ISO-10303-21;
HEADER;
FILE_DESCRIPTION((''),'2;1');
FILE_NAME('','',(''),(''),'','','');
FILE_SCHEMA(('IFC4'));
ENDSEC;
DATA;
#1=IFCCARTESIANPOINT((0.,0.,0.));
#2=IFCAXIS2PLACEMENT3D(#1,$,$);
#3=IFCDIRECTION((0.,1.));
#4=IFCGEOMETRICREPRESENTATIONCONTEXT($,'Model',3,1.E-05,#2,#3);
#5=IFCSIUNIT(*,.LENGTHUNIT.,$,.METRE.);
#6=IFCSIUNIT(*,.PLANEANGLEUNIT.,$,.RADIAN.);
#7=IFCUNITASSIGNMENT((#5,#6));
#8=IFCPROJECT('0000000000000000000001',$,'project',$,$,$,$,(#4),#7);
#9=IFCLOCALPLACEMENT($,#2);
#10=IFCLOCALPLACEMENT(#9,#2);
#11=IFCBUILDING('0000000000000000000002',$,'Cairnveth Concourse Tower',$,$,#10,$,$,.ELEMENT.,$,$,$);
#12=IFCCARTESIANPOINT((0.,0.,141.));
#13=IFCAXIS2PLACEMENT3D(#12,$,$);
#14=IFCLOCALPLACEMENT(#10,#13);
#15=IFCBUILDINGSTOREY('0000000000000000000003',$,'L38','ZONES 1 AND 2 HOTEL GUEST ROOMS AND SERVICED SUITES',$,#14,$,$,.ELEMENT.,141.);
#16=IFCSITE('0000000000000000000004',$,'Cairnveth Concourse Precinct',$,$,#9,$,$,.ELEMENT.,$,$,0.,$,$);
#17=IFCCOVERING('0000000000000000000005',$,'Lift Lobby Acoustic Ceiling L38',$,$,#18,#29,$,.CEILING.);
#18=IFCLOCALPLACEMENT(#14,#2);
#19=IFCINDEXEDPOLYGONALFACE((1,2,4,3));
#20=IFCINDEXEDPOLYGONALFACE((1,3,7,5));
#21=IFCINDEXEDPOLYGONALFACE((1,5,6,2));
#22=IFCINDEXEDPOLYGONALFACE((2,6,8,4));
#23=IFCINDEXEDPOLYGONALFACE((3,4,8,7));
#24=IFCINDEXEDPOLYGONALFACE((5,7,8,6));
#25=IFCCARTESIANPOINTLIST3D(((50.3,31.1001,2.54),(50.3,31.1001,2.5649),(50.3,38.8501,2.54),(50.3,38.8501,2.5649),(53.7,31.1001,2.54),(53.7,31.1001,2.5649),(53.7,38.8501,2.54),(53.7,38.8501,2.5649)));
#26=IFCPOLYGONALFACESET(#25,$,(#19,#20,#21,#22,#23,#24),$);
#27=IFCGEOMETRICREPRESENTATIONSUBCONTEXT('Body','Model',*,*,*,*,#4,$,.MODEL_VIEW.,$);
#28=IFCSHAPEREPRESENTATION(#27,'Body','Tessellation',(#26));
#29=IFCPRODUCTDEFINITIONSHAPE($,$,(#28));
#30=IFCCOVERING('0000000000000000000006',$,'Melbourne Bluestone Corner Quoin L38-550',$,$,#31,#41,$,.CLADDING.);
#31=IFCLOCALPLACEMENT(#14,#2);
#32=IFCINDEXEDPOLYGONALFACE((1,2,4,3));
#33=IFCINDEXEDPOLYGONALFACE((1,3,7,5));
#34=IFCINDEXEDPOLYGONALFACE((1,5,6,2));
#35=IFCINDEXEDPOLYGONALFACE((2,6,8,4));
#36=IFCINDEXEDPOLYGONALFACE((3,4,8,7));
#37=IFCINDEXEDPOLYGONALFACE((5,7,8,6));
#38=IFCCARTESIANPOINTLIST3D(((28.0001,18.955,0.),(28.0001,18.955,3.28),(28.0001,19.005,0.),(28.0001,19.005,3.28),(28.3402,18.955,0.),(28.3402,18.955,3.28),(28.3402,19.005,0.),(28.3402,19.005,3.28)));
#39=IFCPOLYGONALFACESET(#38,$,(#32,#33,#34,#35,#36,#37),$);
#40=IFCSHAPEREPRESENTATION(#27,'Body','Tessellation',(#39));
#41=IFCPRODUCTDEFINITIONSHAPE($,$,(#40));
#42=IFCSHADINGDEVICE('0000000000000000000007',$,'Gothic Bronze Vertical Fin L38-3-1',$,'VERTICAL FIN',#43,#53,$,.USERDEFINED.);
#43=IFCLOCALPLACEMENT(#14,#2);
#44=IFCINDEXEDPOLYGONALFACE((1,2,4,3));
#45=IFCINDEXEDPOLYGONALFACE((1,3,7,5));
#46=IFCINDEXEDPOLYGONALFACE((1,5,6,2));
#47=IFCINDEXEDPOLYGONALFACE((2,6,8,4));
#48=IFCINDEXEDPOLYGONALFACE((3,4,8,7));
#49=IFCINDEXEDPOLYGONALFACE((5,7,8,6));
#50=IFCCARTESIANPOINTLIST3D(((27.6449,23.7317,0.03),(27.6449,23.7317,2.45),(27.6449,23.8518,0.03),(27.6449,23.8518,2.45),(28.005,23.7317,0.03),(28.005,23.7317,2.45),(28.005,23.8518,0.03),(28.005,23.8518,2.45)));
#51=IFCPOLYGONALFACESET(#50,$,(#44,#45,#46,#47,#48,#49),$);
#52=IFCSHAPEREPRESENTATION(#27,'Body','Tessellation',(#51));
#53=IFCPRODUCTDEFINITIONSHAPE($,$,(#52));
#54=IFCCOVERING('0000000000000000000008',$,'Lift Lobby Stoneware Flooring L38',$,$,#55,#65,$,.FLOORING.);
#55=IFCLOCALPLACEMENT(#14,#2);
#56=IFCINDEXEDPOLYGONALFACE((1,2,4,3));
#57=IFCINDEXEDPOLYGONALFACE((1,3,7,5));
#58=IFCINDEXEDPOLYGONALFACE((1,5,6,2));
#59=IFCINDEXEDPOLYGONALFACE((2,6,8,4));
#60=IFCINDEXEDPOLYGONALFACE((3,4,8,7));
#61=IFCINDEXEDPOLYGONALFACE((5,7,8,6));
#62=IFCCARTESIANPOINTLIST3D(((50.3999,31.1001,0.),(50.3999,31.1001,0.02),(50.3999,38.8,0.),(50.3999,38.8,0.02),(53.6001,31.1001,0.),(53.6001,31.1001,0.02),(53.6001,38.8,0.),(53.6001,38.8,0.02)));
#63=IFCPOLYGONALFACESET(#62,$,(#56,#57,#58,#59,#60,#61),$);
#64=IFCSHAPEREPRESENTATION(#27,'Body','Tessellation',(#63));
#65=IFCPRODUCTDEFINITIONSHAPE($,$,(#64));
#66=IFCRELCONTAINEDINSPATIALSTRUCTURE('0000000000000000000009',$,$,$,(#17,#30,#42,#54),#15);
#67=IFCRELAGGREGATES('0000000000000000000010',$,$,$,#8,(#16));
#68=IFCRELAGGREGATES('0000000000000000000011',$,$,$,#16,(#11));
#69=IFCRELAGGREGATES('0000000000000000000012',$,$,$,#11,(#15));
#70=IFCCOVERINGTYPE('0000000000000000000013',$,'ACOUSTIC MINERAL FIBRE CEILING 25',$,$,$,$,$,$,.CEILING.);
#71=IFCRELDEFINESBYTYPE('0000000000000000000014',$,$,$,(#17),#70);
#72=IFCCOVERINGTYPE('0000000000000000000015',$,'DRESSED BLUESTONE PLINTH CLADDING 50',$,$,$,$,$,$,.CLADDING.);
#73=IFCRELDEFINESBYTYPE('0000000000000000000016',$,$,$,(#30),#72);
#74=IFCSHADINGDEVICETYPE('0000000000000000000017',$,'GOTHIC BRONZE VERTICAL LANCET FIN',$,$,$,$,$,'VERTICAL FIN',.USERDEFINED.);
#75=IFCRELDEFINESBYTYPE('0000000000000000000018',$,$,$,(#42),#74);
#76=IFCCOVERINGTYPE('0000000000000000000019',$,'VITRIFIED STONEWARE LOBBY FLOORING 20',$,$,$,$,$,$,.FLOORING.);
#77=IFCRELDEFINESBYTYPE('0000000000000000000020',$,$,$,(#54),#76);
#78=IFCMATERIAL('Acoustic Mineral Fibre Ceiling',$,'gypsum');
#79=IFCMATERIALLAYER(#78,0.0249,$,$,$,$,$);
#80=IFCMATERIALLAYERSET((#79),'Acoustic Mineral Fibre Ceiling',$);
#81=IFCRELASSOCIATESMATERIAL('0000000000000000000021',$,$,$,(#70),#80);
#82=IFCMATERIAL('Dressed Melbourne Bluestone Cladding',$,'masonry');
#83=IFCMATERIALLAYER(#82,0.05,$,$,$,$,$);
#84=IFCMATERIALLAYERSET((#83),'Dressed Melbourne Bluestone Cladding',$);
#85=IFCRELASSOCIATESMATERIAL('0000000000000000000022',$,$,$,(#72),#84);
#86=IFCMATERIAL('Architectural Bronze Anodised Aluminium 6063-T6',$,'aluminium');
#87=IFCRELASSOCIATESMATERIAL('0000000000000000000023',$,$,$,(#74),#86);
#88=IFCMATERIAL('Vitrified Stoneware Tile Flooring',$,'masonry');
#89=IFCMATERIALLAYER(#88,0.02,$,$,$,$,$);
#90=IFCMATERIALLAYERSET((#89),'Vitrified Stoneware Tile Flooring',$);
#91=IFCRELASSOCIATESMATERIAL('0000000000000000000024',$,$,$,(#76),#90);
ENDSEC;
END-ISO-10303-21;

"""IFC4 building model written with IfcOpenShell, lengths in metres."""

from ifc_helpers import new_model, si_unit, direction, frame, frame_2d, origin, origin_2d, place, context, subcontext, project, spatial, polyline, rectangle, outline, extrude, material, layer, layer_set, type_object, element, save


model = new_model("IFC4")

# Units and contexts
model_context = context("Model", 3, precision=1e-05, world=origin(), true_north=direction((0.0, 1.0)))
body_context = subcontext(model_context, "Body", "Model", "MODEL_VIEW")
ifc_project = project(units=[si_unit("LENGTHUNIT", "METRE"), si_unit("PLANEANGLEUNIT", "RADIAN")], contexts=[model_context])

# Site, building, storey
site_placement = place(None, origin())
site = spatial("IfcSite", under=ifc_project, at=site_placement, Name="Cairnveth Concourse Precinct", CompositionType="ELEMENT", RefElevation=0.0)
building_placement = place(site_placement, origin())
building = spatial("IfcBuilding", under=site, at=building_placement, Name="Cairnveth Concourse Tower", CompositionType="ELEMENT")
storey_placement = place(building_placement, frame((0.0, 0.0, 141.0)))
storey = spatial("IfcBuildingStorey", under=building, at=storey_placement, Name="L38", Description="ZONES 1 AND 2 HOTEL GUEST ROOMS AND SERVICED SUITES", CompositionType="ELEMENT", Elevation=141.0)

# Coverings
ifc_material_1 = material(Name="Acoustic Mineral Fibre Ceiling", Category="gypsum")
ifc_layer_1 = layer(ifc_material_1, 0.0249)
ifc_layer_set_1 = layer_set([ifc_layer_1], Name="Acoustic Mineral Fibre Ceiling")
covering_type_1 = type_object("IfcCoveringType", Name="ACOUSTIC MINERAL FIBRE CEILING 25", PredefinedType="CEILING", material=ifc_layer_set_1)
covering_1_placement = place(storey_placement, frame((0.0, 0.0, 2.54)))
element("IfcCovering", 1, at=covering_1_placement, inside=storey, type_object=covering_type_1, Name="Lift Lobby Acoustic Ceiling L38", PredefinedType="CEILING", context=body_context, shape_type="SweptSolid", body=[
    extrude(outline(polyline([(50.3, 31.1001), (53.7, 31.1001), (53.7, 38.8501), (50.3, 38.8501), (50.3, 31.1001)])), origin(), (0.0, 0.0, 1.0), 0.0249),
])
ifc_material_2 = material(Name="Dressed Melbourne Bluestone Cladding", Category="masonry")
ifc_layer_2 = layer(ifc_material_2, 0.05)
ifc_layer_set_2 = layer_set([ifc_layer_2], Name="Dressed Melbourne Bluestone Cladding")
covering_type_2 = type_object("IfcCoveringType", Name="DRESSED BLUESTONE PLINTH CLADDING 50", PredefinedType="CLADDING", material=ifc_layer_set_2)
covering_2_placement = place(storey_placement, frame((28.3401, 18.98, 0.0), z_axis=(0.0, 0.0, 1.0), x_axis=(-1.0, 0.0, 0.0)))
element("IfcCovering", 2, at=covering_2_placement, inside=storey, type_object=covering_type_2, Name="Melbourne Bluestone Corner Quoin L38-550", PredefinedType="CLADDING", context=body_context, shape_type="SweptSolid", body=[
    extrude(rectangle(XDim=0.3401, YDim=0.05, at=frame_2d((0.1699, 0.0))), origin(), (0.0, 0.0, 1.0), 3.28),
])

# Shading device
ifc_material_3 = material(Name="Architectural Bronze Anodised Aluminium 6063-T6", Category="aluminium")
shading_device_type = type_object("IfcShadingDeviceType", Name="GOTHIC BRONZE VERTICAL LANCET FIN", ElementType="VERTICAL FIN", PredefinedType="USERDEFINED", material=ifc_material_3)
shading_device_placement = place(storey_placement, frame((27.825, 23.7917, 0.03), z_axis=(0.0, 0.0, 1.0), x_axis=(0.0, 1.0, 0.0)))
element("IfcShadingDevice", 3, at=shading_device_placement, inside=storey, type_object=shading_device_type, Name="Gothic Bronze Vertical Fin L38-3-1", ObjectType="VERTICAL FIN", PredefinedType="USERDEFINED", context=body_context, shape_type="SweptSolid", body=[
    extrude(rectangle(XDim=0.1201, YDim=0.3601, at=origin_2d()), origin(), (0.0, 0.0, 1.0), 2.4199),
])

# Covering
ifc_material_4 = material(Name="Vitrified Stoneware Tile Flooring", Category="masonry")
ifc_layer_3 = layer(ifc_material_4, 0.02)
ifc_layer_set_3 = layer_set([ifc_layer_3], Name="Vitrified Stoneware Tile Flooring")
covering_type_3 = type_object("IfcCoveringType", Name="VITRIFIED STONEWARE LOBBY FLOORING 20", PredefinedType="FLOORING", material=ifc_layer_set_3)
covering_3_placement = place(storey_placement, origin())
element("IfcCovering", 4, at=covering_3_placement, inside=storey, type_object=covering_type_3, Name="Lift Lobby Stoneware Flooring L38", PredefinedType="FLOORING", context=body_context, shape_type="SweptSolid", body=[
    extrude(outline(polyline([(50.3999, 31.1001), (53.6001, 31.1001), (53.6001, 38.8), (50.3999, 38.8), (50.3999, 31.1001)])), origin(), (0.0, 0.0, 1.0), 0.02),
])

save(model, "model.ifc")
